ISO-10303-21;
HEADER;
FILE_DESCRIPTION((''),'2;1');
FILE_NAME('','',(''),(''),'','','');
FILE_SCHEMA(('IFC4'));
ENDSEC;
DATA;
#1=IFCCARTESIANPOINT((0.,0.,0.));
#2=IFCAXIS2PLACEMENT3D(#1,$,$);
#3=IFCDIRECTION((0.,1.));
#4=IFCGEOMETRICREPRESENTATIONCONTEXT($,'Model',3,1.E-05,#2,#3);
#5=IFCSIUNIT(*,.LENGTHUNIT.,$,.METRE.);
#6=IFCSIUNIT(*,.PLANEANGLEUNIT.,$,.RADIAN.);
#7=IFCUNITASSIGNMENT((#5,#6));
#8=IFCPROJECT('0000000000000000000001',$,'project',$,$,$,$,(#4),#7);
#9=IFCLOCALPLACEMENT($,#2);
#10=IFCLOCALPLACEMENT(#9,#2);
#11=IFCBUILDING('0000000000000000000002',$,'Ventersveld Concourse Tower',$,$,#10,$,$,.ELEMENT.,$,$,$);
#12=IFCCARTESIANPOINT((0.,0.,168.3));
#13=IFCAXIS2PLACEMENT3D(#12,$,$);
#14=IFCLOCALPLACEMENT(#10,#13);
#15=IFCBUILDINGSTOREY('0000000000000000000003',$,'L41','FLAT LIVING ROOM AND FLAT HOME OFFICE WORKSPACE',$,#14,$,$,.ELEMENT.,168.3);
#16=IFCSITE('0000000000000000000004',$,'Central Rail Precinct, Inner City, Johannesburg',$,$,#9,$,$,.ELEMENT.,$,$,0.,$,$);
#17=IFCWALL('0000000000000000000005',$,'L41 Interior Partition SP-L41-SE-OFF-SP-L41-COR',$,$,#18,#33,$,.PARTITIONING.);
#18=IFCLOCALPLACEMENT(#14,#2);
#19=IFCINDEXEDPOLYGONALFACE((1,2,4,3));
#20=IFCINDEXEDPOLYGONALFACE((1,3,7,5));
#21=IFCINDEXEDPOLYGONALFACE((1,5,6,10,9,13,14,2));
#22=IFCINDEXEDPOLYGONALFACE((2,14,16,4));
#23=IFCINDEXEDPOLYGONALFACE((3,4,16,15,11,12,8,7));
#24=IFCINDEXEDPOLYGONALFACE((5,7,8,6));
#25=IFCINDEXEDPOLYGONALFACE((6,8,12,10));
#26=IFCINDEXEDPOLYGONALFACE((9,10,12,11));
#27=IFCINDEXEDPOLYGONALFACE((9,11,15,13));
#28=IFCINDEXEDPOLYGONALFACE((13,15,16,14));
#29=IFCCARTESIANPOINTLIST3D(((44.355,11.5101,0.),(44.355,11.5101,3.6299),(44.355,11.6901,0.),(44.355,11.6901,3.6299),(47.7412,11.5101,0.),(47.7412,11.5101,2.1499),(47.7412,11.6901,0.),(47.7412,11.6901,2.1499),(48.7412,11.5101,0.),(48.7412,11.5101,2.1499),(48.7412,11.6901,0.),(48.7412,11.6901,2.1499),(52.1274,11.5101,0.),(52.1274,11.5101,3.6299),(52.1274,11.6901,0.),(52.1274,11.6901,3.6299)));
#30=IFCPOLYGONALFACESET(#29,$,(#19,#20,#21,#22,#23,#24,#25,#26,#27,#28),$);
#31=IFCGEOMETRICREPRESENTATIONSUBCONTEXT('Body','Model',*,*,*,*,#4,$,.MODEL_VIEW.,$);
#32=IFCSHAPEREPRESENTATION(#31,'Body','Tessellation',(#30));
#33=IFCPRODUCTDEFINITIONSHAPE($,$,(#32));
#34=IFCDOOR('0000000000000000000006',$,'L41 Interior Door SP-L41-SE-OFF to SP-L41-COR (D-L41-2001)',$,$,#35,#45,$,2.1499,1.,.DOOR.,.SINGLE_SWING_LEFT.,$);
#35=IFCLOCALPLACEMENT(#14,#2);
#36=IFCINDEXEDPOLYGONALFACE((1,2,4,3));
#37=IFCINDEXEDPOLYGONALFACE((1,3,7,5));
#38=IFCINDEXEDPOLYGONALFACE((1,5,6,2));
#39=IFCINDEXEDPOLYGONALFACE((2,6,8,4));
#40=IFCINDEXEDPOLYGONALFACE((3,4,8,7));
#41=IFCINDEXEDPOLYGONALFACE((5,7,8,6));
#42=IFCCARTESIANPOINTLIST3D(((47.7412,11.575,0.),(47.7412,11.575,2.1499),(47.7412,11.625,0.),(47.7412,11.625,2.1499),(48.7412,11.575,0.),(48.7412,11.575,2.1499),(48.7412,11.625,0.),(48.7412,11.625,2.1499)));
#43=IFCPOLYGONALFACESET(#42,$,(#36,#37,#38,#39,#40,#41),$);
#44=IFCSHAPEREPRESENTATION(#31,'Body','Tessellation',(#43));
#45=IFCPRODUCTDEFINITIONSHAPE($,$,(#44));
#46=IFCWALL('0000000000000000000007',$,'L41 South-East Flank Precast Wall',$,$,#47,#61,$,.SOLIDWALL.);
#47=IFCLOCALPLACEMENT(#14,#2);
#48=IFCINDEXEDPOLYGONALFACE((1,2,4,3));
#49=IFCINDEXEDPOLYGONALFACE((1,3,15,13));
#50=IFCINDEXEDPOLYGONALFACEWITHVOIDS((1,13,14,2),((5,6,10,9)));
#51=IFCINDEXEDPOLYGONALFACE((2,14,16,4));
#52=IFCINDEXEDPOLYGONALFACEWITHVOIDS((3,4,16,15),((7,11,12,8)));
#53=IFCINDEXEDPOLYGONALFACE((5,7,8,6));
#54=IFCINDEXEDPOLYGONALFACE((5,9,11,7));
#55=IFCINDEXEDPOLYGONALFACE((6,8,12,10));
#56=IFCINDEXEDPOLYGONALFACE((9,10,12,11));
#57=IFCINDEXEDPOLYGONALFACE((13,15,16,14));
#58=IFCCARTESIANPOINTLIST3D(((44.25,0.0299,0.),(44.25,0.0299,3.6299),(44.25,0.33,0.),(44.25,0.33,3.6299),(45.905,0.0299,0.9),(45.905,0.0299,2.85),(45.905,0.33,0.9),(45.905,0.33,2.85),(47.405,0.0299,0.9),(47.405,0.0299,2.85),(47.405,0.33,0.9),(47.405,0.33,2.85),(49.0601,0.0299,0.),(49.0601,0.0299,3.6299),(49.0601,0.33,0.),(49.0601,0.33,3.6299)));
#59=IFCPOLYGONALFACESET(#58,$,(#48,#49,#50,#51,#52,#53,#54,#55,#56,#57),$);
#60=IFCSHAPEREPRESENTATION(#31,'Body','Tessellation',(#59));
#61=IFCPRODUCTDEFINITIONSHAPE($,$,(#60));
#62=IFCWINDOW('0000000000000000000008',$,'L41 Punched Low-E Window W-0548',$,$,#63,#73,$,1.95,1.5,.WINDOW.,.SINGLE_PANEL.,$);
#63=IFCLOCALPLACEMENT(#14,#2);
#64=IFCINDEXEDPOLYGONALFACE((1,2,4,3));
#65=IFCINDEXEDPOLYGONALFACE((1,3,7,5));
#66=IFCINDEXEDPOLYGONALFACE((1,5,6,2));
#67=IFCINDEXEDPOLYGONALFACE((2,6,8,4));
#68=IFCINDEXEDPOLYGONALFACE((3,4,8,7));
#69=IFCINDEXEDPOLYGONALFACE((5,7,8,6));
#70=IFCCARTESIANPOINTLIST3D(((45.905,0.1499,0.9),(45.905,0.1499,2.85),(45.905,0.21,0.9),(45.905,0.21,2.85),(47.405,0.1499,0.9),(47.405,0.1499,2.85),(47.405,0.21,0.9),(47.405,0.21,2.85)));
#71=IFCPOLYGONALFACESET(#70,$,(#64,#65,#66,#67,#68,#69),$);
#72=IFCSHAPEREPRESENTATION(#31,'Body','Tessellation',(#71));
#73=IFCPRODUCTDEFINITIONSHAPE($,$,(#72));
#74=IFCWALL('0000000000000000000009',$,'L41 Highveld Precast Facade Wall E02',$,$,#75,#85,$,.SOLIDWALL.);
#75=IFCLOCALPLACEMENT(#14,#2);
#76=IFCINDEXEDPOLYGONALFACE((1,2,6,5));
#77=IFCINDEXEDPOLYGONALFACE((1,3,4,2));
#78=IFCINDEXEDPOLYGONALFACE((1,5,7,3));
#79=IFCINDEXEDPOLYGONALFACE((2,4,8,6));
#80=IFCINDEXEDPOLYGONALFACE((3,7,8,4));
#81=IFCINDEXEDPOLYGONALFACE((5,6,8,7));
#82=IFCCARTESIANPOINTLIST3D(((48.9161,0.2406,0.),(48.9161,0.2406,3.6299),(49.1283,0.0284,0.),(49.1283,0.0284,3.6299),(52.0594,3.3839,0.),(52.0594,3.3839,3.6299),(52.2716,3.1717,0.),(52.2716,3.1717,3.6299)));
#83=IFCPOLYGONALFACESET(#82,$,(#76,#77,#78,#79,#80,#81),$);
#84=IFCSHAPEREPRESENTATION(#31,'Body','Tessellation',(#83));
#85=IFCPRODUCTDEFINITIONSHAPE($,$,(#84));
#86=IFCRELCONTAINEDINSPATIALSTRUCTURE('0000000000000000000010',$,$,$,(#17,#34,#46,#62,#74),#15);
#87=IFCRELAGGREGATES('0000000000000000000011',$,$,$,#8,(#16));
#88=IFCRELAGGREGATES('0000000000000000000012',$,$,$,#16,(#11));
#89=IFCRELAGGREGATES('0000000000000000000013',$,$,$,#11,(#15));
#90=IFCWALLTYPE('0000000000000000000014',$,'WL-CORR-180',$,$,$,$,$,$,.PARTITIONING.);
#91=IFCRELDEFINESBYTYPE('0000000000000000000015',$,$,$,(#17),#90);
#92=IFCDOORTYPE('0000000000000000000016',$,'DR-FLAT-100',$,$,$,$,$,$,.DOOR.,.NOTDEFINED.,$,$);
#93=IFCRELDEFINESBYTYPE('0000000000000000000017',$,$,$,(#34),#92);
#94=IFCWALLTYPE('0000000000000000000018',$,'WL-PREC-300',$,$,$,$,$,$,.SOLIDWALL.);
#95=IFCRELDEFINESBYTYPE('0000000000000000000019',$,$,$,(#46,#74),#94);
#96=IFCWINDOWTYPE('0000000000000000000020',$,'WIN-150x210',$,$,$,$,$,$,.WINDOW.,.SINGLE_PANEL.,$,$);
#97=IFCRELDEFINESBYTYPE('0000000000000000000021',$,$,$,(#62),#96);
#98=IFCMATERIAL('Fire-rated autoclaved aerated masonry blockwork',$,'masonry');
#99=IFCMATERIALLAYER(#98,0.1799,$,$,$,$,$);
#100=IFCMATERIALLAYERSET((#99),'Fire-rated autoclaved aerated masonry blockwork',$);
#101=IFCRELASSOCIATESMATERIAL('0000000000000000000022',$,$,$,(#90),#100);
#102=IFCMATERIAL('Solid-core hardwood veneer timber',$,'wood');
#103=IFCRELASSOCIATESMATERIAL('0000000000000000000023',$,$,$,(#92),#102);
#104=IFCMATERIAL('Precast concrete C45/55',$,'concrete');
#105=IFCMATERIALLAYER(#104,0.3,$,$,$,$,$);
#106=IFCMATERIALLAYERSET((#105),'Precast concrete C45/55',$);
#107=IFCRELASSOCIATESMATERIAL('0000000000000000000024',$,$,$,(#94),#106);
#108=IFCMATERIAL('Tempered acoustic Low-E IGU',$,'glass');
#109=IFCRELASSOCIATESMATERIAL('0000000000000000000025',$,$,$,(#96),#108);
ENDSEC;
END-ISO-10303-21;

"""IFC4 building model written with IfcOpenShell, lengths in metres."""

from ifc_helpers import new_model, si_unit, direction, frame, frame_2d, origin, place, context, subcontext, project, spatial, rectangle, extrude, material, layer, layer_set, type_object, element, fill, save


model = new_model("IFC4")

# Units and contexts
model_context = context("Model", 3, precision=1e-05, world=origin(), true_north=direction((0.0, 1.0)))
body_context = subcontext(model_context, "Body", "Model", "MODEL_VIEW")
ifc_project = project(units=[si_unit("LENGTHUNIT", "METRE"), si_unit("PLANEANGLEUNIT", "RADIAN")], contexts=[model_context])

# Site, building, storey
site_placement = place(None, origin())
site = spatial("IfcSite", under=ifc_project, at=site_placement, Name="Central Rail Precinct, Inner City, Johannesburg", CompositionType="ELEMENT", RefElevation=0.0)
building_placement = place(site_placement, origin())
building = spatial("IfcBuilding", under=site, at=building_placement, Name="Ventersveld Concourse Tower", CompositionType="ELEMENT")
storey_placement = place(building_placement, frame((0.0, 0.0, 168.3)))
storey = spatial("IfcBuildingStorey", under=building, at=storey_placement, Name="L41", Description="FLAT LIVING ROOM AND FLAT HOME OFFICE WORKSPACE", CompositionType="ELEMENT", Elevation=168.3)

# Wall, opening, door
ifc_material_1 = material(Name="Fire-rated autoclaved aerated masonry blockwork", Category="masonry")
ifc_layer_1 = layer(ifc_material_1, 0.1799)
ifc_layer_set_1 = layer_set([ifc_layer_1], Name="Fire-rated autoclaved aerated masonry blockwork")
wall_type_1 = type_object("IfcWallType", Name="WL-CORR-180", PredefinedType="PARTITIONING", material=ifc_layer_set_1)
wall_1_placement = place(storey_placement, frame((44.355, 11.6001, 0.0), z_axis=(0.0, 0.0, 1.0), x_axis=(1.0, 0.0, 0.0)))
wall_1 = element("IfcWall", 1, at=wall_1_placement, inside=storey, type_object=wall_type_1, Name="L41 Interior Partition SP-L41-SE-OFF-SP-L41-COR", PredefinedType="PARTITIONING", context=body_context, shape_type="SweptSolid", body=[
    extrude(rectangle(XDim=7.7725, YDim=0.1799, at=frame_2d((3.8862, 0.0))), origin(), (0.0, 0.0, 1.0), 3.6299),
])
opening_1_placement = place(wall_1_placement, frame((3.3862, 0.0, 0.0)))
opening_1 = element("IfcOpeningElement", 2, at=opening_1_placement, cuts=wall_1, PredefinedType="OPENING", context=body_context, shape_type="SweptSolid", body=[
    extrude(rectangle(XDim=1.0, YDim=2.1499, at=frame_2d((0.5, 1.075))), frame((0.0, 0.1001, 0.0), z_axis=(0.0, -1.0, 0.0), x_axis=(1.0, 0.0, 0.0)), (0.0, 0.0, 1.0), 0.2),
])
ifc_material_2 = material(Name="Solid-core hardwood veneer timber", Category="wood")
door_type = type_object("IfcDoorType", Name="DR-FLAT-100", OperationType="NOTDEFINED", PredefinedType="DOOR", material=ifc_material_2)
door_placement = place(opening_1_placement, origin())
door = element("IfcDoor", 3, at=door_placement, inside=storey, type_object=door_type, Name="L41 Interior Door SP-L41-SE-OFF to SP-L41-COR (D-L41-2001)", OperationType="SINGLE_SWING_LEFT", OverallHeight=2.1499, OverallWidth=1.0, PredefinedType="DOOR", context=body_context, shape_type="SweptSolid", body=[
    extrude(rectangle(XDim=1.0, YDim=2.1499, at=frame_2d((0.5, 1.075))), frame((0.0, 0.0249, 0.0), z_axis=(0.0, -1.0, 0.0), x_axis=(1.0, 0.0, 0.0)), (0.0, 0.0, 1.0), 0.05),
])
fill(opening_1, door)

# Wall, opening, window
ifc_material_3 = material(Name="Precast concrete C45/55", Category="concrete")
ifc_layer_2 = layer(ifc_material_3, 0.3)
ifc_layer_set_2 = layer_set([ifc_layer_2], Name="Precast concrete C45/55")
wall_type_2 = type_object("IfcWallType", Name="WL-PREC-300", PredefinedType="SOLIDWALL", material=ifc_layer_set_2)
wall_2_placement = place(storey_placement, frame((44.25, 0.1799, 0.0), z_axis=(0.0, 0.0, 1.0), x_axis=(1.0, 0.0, 0.0)))
wall_2 = element("IfcWall", 4, at=wall_2_placement, inside=storey, type_object=wall_type_2, Name="L41 South-East Flank Precast Wall", PredefinedType="SOLIDWALL", context=body_context, shape_type="SweptSolid", body=[
    extrude(rectangle(XDim=4.8101, YDim=0.3, at=frame_2d((2.405, 0.0))), origin(), (0.0, 0.0, 1.0), 3.6299),
])
opening_2_placement = place(wall_2_placement, frame((1.655, 0.0, 0.8999)))
opening_2 = element("IfcOpeningElement", 5, at=opening_2_placement, cuts=wall_2, PredefinedType="OPENING", context=body_context, shape_type="SweptSolid", body=[
    extrude(rectangle(XDim=1.5, YDim=1.95, at=frame_2d((0.75, 0.9751))), frame((0.0, 0.1602, 0.0), z_axis=(0.0, -1.0, 0.0), x_axis=(1.0, 0.0, 0.0)), (0.0, 0.0, 1.0), 0.3201),
])
ifc_material_4 = material(Name="Tempered acoustic Low-E IGU", Category="glass")
window_type_1 = type_object("IfcWindowType", Name="WIN-150x210", PartitioningType="SINGLE_PANEL", PredefinedType="WINDOW", material=ifc_material_4)
window_1_placement = place(opening_2_placement, origin())
window_1 = element("IfcWindow", 6, at=window_1_placement, inside=storey, type_object=window_type_1, Name="L41 Punched Low-E Window W-0548", OverallHeight=1.95, OverallWidth=1.5, PartitioningType="SINGLE_PANEL", PredefinedType="WINDOW", context=body_context, shape_type="SweptSolid", body=[
    extrude(rectangle(XDim=1.5, YDim=1.95, at=frame_2d((0.75, 0.9751))), frame((0.0, 0.03, 0.0), z_axis=(0.0, -1.0, 0.0), x_axis=(1.0, 0.0, 0.0)), (0.0, 0.0, 1.0), 0.0601),
])
fill(opening_2, window_1)

# Wall
wall_3_placement = place(storey_placement, frame((49.0222, 0.1345, 0.0), z_axis=(0.0, 0.0, 1.0), x_axis=(0.707107, 0.707107, 0.0)))
element("IfcWall", 7, at=wall_3_placement, inside=storey, type_object=wall_type_2, Name="L41 Highveld Precast Facade Wall E02", PredefinedType="SOLIDWALL", context=body_context, shape_type="SweptSolid", body=[
    extrude(rectangle(XDim=4.4453, YDim=0.3, at=frame_2d((2.2227, 0.0))), origin(), (0.0, 0.0, 1.0), 3.6299),
])

save(model, "model.ifc")
